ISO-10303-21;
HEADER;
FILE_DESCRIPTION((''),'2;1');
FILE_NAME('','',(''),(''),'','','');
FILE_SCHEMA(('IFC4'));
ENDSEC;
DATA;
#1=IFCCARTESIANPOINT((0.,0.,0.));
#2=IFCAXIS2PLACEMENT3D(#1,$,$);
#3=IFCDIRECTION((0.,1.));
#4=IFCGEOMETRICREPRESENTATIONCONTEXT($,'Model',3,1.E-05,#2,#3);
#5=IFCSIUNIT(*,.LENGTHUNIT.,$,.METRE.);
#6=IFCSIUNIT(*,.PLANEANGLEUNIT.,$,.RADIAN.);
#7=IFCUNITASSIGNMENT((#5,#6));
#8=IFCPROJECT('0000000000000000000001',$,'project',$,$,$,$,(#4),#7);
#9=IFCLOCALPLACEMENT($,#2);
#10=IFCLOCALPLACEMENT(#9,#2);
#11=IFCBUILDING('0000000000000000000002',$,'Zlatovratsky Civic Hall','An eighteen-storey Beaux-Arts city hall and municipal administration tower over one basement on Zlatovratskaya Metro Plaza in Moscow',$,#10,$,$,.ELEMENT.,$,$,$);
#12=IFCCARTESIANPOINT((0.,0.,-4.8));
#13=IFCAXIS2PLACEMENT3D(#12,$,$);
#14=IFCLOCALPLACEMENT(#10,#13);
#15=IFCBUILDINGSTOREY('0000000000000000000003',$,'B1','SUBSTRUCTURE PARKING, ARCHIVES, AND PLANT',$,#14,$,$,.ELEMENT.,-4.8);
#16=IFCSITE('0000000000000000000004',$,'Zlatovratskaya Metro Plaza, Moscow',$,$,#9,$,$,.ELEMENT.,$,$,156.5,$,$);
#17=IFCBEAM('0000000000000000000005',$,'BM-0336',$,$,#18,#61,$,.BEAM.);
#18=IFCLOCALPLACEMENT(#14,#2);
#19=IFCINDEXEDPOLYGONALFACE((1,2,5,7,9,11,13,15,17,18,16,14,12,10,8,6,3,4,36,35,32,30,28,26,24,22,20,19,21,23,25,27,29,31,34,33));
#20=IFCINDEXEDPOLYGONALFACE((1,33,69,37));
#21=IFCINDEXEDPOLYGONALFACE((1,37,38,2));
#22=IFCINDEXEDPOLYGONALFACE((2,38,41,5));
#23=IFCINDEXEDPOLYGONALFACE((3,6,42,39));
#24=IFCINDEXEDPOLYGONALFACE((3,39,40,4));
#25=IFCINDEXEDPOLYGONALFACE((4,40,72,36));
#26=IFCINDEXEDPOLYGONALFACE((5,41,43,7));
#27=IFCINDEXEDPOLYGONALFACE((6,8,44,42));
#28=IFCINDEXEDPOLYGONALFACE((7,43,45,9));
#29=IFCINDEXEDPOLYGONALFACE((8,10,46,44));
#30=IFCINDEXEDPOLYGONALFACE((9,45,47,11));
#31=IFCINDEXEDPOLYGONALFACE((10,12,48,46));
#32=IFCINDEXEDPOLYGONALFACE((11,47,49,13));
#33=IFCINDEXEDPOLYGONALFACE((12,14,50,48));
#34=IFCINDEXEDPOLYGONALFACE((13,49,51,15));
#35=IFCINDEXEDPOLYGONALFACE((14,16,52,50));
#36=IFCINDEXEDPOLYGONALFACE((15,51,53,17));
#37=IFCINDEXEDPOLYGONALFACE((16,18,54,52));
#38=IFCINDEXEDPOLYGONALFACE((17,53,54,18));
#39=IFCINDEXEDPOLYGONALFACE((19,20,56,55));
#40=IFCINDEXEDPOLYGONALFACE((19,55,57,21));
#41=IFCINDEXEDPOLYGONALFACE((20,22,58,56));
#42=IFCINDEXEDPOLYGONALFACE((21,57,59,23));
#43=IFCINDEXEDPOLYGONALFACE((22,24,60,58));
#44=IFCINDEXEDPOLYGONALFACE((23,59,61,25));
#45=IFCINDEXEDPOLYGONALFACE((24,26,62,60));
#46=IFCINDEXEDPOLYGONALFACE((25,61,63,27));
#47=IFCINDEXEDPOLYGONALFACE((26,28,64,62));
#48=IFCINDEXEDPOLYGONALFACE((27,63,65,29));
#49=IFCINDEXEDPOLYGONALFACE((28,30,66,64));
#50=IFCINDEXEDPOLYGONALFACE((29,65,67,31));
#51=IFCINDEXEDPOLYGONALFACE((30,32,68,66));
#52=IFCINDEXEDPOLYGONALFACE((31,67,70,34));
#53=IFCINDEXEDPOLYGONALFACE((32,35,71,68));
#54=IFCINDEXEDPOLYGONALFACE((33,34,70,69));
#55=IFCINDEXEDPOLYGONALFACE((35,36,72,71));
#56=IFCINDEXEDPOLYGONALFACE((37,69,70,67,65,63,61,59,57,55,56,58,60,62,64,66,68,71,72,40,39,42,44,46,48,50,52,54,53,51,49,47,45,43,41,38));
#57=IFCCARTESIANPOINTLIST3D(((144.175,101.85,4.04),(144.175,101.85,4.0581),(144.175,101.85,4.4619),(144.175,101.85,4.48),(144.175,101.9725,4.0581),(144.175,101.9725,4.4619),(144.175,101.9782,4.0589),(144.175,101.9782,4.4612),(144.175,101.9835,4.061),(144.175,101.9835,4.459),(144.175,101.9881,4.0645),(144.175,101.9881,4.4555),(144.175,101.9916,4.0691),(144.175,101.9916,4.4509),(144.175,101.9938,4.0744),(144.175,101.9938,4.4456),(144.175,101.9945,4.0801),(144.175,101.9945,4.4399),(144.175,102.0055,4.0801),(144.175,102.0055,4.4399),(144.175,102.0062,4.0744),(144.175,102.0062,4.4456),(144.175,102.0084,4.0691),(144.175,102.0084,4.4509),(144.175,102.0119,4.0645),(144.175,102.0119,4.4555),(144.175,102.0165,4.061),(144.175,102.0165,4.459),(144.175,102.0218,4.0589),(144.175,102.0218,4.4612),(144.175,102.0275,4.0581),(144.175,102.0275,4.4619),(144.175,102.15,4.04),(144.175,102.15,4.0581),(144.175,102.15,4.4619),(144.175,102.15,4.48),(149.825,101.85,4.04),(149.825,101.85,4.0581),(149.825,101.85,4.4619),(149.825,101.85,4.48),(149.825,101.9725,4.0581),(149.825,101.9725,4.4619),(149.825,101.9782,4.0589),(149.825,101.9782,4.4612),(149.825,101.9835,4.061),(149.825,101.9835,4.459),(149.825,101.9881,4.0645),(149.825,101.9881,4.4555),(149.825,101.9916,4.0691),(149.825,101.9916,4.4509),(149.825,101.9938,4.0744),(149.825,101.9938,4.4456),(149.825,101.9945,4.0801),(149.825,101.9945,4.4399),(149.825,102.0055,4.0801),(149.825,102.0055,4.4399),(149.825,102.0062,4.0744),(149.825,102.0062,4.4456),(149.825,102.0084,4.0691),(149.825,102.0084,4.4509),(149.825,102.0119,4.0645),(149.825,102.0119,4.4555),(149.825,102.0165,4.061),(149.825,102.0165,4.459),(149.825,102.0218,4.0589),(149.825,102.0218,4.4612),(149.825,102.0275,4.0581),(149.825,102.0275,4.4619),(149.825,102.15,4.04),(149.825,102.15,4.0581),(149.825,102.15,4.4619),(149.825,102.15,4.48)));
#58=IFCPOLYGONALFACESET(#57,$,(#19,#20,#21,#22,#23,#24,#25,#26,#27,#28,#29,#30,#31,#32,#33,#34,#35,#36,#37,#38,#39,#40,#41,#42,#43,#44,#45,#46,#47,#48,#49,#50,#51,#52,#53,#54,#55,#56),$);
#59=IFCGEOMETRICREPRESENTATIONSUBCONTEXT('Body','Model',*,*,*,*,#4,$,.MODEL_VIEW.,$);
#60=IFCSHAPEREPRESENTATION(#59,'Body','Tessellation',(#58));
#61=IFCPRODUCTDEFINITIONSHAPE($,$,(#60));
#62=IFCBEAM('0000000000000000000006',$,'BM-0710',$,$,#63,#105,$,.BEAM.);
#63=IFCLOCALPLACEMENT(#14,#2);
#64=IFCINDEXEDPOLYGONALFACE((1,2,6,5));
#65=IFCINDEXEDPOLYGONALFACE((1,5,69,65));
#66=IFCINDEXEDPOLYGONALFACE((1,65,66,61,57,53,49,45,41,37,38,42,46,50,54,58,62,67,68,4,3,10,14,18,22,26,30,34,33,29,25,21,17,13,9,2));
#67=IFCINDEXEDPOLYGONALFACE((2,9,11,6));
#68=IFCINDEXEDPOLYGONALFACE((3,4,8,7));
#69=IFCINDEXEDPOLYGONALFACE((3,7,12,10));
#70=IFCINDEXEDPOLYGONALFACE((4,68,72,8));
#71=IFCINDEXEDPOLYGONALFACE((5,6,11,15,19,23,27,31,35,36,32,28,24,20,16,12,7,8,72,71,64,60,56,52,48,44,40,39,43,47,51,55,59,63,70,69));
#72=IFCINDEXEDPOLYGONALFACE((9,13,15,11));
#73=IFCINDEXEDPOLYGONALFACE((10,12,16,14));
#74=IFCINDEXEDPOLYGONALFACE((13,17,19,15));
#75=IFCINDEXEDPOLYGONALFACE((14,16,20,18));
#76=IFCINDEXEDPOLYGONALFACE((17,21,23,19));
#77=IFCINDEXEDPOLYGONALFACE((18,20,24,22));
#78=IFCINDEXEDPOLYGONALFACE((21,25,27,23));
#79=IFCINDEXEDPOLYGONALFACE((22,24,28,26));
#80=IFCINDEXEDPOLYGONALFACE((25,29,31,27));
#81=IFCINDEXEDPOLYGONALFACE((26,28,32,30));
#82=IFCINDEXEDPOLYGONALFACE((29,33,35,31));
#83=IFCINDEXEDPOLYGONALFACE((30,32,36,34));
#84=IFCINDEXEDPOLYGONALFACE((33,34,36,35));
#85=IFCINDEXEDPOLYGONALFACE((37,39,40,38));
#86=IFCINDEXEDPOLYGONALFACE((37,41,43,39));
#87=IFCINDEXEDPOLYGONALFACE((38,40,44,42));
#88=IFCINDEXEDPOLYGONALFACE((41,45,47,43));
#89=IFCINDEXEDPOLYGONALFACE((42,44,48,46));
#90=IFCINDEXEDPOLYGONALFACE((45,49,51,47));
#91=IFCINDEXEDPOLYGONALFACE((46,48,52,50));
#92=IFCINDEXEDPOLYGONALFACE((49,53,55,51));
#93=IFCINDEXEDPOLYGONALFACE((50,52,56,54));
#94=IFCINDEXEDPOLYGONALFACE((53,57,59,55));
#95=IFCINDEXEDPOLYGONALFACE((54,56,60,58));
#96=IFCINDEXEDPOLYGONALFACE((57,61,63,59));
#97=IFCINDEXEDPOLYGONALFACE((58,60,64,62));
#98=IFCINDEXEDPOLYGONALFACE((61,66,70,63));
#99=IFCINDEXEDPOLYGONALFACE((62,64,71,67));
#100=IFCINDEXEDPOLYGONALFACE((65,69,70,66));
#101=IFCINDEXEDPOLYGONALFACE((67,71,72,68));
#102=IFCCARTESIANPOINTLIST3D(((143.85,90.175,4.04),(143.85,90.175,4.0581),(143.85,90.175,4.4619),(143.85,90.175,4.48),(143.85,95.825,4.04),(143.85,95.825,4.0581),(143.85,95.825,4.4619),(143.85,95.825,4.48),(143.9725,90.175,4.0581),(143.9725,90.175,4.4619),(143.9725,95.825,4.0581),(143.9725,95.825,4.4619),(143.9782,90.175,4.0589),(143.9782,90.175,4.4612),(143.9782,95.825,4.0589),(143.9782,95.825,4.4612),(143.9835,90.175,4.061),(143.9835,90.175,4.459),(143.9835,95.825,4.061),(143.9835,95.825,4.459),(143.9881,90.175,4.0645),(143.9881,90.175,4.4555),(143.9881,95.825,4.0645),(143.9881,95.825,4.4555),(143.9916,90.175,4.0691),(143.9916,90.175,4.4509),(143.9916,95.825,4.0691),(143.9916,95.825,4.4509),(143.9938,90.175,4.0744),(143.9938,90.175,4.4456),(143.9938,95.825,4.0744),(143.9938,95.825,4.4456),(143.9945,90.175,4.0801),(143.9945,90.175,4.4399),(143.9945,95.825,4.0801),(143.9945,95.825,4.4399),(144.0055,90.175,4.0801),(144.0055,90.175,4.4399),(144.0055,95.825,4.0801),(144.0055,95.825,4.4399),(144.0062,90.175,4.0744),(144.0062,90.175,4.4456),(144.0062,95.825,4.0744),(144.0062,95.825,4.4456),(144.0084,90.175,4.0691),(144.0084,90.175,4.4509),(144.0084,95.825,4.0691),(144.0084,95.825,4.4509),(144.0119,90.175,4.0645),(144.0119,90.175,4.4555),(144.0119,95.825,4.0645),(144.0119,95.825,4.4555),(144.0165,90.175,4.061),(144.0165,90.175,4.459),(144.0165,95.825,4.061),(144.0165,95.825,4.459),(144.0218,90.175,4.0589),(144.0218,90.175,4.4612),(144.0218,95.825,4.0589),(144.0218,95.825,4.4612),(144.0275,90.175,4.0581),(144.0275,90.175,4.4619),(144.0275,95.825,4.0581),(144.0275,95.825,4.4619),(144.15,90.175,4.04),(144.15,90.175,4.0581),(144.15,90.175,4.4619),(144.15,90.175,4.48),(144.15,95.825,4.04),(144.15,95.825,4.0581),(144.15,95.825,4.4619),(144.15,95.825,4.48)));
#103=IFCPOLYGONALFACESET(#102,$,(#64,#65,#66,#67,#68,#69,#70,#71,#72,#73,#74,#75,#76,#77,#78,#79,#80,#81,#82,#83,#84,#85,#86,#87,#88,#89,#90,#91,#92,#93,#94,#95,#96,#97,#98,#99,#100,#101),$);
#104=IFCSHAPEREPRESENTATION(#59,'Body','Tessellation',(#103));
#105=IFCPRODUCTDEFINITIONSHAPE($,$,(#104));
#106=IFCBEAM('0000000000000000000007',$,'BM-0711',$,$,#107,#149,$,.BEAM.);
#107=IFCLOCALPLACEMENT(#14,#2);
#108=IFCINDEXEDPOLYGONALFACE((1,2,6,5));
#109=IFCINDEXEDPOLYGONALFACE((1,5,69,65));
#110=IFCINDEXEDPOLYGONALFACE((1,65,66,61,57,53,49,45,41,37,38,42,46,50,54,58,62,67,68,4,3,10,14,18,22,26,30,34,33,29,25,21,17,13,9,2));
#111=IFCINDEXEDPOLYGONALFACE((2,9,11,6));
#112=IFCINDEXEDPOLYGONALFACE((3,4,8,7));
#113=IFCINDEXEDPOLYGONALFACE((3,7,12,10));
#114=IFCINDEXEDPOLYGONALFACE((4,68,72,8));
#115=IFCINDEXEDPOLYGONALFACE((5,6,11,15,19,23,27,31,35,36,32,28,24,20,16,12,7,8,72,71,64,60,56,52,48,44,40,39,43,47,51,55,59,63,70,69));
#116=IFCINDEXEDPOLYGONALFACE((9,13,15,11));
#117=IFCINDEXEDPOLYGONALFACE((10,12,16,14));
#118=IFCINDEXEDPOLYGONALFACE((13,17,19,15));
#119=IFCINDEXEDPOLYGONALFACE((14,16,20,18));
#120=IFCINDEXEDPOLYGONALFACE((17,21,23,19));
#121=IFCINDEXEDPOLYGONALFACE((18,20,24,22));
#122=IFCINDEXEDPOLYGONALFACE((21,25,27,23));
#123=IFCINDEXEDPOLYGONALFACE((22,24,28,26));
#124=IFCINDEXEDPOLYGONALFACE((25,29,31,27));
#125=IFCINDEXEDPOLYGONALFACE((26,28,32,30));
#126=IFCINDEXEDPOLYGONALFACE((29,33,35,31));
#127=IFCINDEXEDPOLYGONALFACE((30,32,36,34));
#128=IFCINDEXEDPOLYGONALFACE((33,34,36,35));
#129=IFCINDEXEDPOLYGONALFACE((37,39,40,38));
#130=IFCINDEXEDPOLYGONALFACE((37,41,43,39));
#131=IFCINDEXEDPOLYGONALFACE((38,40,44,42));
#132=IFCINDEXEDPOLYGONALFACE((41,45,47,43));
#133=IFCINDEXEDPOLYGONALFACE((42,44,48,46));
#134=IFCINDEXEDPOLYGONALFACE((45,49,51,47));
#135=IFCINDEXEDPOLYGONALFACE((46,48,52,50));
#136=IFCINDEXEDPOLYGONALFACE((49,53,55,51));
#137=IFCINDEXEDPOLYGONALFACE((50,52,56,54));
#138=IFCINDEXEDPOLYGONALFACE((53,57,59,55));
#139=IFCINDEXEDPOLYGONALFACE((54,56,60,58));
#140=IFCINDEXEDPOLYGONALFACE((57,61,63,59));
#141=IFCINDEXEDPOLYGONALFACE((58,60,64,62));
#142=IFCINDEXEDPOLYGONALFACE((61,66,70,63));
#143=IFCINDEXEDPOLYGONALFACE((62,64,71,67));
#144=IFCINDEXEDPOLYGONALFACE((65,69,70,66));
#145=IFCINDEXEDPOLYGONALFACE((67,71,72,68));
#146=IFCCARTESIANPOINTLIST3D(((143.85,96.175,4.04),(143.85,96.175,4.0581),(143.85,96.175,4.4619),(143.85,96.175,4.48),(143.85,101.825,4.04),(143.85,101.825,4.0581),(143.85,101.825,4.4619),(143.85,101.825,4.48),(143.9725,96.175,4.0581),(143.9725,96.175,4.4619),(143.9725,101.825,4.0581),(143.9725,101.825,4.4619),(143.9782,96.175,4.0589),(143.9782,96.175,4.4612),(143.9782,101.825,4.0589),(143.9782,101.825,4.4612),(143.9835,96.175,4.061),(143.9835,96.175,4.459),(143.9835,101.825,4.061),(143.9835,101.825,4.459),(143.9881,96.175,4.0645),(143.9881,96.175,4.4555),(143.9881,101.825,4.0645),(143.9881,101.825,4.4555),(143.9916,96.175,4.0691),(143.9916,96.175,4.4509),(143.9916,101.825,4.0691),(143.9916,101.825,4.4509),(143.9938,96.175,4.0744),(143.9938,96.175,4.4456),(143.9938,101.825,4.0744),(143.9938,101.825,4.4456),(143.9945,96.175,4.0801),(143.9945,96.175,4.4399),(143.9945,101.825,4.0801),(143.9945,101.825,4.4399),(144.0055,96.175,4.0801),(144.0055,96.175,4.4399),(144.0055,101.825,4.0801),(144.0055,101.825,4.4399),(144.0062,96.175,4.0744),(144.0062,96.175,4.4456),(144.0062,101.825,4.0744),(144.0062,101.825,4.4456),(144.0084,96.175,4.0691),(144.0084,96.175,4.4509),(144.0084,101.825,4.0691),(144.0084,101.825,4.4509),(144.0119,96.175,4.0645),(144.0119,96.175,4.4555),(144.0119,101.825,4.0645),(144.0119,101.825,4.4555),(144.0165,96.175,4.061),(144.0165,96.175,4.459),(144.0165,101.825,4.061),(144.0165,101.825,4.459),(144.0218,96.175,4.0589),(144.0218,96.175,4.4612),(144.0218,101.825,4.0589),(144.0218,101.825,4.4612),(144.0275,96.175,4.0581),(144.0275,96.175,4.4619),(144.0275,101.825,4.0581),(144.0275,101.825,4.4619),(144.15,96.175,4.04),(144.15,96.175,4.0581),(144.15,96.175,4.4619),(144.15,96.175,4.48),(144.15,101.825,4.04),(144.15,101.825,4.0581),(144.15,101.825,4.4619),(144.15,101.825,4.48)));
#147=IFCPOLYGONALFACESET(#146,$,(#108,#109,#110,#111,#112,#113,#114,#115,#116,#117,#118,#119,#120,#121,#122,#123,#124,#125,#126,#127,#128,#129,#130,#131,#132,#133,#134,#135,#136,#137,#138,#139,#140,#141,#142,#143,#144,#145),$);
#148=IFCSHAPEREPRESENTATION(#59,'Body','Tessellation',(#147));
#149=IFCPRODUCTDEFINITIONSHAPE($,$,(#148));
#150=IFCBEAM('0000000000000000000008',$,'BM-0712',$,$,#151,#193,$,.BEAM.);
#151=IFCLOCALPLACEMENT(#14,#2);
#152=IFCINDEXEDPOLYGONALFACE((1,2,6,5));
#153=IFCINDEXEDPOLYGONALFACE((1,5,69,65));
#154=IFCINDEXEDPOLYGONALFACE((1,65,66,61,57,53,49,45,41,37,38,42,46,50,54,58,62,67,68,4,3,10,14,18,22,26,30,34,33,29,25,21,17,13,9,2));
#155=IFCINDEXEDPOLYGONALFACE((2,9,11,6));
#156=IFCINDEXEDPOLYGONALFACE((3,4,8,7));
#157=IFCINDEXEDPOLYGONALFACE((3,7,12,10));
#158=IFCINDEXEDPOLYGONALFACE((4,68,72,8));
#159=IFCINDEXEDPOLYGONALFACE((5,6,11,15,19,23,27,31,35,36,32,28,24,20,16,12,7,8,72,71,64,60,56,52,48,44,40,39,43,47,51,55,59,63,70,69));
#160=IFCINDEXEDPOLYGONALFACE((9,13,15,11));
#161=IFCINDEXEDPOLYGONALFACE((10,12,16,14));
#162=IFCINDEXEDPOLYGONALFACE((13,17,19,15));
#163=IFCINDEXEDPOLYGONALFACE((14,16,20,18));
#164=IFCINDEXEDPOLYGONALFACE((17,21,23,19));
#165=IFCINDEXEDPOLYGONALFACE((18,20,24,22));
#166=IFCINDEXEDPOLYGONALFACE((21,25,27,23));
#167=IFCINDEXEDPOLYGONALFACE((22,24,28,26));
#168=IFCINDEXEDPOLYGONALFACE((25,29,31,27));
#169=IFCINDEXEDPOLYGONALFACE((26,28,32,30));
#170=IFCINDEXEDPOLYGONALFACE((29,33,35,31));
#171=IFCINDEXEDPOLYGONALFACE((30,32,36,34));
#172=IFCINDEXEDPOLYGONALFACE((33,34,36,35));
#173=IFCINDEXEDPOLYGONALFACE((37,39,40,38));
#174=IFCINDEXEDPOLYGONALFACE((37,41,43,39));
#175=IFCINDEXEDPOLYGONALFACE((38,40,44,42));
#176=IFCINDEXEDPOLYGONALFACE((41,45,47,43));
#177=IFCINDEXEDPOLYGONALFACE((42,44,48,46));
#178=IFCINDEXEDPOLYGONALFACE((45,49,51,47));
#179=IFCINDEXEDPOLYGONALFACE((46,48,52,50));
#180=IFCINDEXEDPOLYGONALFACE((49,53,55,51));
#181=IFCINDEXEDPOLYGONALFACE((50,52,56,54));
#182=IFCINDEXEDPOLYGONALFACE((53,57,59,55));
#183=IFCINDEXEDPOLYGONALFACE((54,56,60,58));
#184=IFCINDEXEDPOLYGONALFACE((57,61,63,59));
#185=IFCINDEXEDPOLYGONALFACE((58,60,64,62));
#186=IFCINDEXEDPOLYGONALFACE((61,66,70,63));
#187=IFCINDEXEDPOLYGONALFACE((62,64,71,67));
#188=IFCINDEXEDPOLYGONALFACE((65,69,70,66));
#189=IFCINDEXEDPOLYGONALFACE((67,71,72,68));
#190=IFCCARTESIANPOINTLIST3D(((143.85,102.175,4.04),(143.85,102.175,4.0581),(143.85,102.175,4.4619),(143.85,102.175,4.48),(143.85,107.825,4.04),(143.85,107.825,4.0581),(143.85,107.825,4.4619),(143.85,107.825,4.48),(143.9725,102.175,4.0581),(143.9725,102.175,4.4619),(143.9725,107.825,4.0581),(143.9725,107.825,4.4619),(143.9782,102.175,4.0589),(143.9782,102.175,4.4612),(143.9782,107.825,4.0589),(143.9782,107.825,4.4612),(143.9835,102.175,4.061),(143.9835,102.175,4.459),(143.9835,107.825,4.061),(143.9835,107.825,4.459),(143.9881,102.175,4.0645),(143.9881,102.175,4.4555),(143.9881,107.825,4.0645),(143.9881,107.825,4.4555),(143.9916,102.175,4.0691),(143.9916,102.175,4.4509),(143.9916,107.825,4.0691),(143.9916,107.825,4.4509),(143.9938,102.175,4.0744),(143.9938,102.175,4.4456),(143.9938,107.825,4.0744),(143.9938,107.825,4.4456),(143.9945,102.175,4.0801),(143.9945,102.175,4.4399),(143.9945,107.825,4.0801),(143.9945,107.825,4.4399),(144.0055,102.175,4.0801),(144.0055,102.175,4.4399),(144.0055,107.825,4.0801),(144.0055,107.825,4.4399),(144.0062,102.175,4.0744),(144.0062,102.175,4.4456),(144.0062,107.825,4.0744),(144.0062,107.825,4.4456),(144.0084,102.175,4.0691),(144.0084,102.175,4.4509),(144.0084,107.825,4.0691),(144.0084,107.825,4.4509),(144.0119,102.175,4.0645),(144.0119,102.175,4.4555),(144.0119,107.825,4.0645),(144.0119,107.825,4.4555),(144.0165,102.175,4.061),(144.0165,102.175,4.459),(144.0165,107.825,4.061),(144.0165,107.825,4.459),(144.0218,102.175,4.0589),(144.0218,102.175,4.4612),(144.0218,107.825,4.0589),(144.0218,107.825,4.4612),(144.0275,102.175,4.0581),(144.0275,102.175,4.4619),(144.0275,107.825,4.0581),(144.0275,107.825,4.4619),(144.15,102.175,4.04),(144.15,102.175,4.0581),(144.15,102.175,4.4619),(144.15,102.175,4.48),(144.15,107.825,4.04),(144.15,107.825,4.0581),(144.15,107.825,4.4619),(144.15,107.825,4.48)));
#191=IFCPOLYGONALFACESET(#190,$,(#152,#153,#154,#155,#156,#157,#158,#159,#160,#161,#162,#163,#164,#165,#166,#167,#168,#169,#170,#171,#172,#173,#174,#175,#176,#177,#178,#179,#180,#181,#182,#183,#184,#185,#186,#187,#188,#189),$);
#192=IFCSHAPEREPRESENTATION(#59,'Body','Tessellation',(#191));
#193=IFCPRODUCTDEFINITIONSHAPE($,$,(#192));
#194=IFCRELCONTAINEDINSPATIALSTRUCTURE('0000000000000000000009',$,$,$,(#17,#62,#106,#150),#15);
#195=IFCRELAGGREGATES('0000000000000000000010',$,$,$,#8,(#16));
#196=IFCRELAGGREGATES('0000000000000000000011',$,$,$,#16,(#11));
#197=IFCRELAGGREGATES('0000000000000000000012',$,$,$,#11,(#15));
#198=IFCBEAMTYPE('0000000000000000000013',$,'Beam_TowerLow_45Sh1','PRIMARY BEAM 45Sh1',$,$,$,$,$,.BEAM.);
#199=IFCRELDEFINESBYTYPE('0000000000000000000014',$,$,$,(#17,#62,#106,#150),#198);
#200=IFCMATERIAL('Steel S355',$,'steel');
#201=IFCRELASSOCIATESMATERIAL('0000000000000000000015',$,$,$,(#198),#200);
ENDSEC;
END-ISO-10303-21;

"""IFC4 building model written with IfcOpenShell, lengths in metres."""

from ifc_helpers import new_model, si_unit, direction, frame, origin, origin_2d, place, context, subcontext, project, spatial, i_section, extrude, material, material_profile, profile_set, type_object, element, save


model = new_model("IFC4")

# Units and contexts
model_context = context("Model", 3, precision=1e-05, world=origin(), true_north=direction((0.0, 1.0)))
body_context = subcontext(model_context, "Body", "Model", "MODEL_VIEW")
ifc_project = project(units=[si_unit("LENGTHUNIT", "METRE"), si_unit("PLANEANGLEUNIT", "RADIAN")], contexts=[model_context])

# Site, building, storey
site_placement = place(None, origin())
site = spatial("IfcSite", under=ifc_project, at=site_placement, Name="Zlatovratskaya Metro Plaza, Moscow", CompositionType="ELEMENT", RefElevation=156.5)
building_placement = place(site_placement, origin())
building = spatial("IfcBuilding", under=site, at=building_placement, Name="Zlatovratsky Civic Hall", Description="An eighteen-storey Beaux-Arts city hall and municipal administration tower over one basement on Zlatovratskaya Metro Plaza in Moscow", CompositionType="ELEMENT")
storey_placement = place(building_placement, frame((0.0, 0.0, -4.8)))
storey = spatial("IfcBuildingStorey", under=building, at=storey_placement, Name="B1", Description="SUBSTRUCTURE PARKING, ARCHIVES, AND PLANT", CompositionType="ELEMENT", Elevation=-4.8)

# Shared definitions
ifc_material_1 = material(Name="Steel S355", Category="steel")

# Beams
ifc_material_profile_1 = material_profile(ifc_material_1, i_section(OverallWidth=0.3, OverallDepth=0.4399, WebThickness=0.011, FlangeThickness=0.0181, FilletRadius=0.022, at=origin_2d()), Name="45Sh1")
ifc_profile_set_1 = profile_set([ifc_material_profile_1], Name="Steel S355")
beam_type_1 = type_object("IfcBeamType", Name="Beam_TowerLow_45Sh1", Description="PRIMARY BEAM 45Sh1", PredefinedType="BEAM", material=ifc_profile_set_1)
for number, where, z_axis, x_axis, name in (
    (1, (144.175, 102.0, 4.26), (1.0, 0.0, 0.0), (0.0, 1.0, 0.0), "BM-0336"),
    (2, (144.0, 90.175, 4.26), (0.0, 1.0, 0.0), (-1.0, 0.0, 0.0), "BM-0710"),
    (3, (144.0, 96.175, 4.26), (0.0, 1.0, 0.0), (-1.0, 0.0, 0.0), "BM-0711"),
    (4, (144.0, 102.175, 4.26), (0.0, 1.0, 0.0), (-1.0, 0.0, 0.0), "BM-0712"),
):
    element("IfcBeam", number, at=place(storey_placement, frame(where, z_axis=z_axis, x_axis=x_axis)), inside=storey, type_object=beam_type_1, Name=name, PredefinedType="BEAM", context=body_context, shape_type="SweptSolid", body=[
        extrude(i_section(OverallWidth=0.3, OverallDepth=0.4399, WebThickness=0.011, FlangeThickness=0.0181, FilletRadius=0.022, at=origin_2d()), origin(), (0.0, 0.0, 1.0), 5.6499),
    ])

save(model, "model.ifc")
